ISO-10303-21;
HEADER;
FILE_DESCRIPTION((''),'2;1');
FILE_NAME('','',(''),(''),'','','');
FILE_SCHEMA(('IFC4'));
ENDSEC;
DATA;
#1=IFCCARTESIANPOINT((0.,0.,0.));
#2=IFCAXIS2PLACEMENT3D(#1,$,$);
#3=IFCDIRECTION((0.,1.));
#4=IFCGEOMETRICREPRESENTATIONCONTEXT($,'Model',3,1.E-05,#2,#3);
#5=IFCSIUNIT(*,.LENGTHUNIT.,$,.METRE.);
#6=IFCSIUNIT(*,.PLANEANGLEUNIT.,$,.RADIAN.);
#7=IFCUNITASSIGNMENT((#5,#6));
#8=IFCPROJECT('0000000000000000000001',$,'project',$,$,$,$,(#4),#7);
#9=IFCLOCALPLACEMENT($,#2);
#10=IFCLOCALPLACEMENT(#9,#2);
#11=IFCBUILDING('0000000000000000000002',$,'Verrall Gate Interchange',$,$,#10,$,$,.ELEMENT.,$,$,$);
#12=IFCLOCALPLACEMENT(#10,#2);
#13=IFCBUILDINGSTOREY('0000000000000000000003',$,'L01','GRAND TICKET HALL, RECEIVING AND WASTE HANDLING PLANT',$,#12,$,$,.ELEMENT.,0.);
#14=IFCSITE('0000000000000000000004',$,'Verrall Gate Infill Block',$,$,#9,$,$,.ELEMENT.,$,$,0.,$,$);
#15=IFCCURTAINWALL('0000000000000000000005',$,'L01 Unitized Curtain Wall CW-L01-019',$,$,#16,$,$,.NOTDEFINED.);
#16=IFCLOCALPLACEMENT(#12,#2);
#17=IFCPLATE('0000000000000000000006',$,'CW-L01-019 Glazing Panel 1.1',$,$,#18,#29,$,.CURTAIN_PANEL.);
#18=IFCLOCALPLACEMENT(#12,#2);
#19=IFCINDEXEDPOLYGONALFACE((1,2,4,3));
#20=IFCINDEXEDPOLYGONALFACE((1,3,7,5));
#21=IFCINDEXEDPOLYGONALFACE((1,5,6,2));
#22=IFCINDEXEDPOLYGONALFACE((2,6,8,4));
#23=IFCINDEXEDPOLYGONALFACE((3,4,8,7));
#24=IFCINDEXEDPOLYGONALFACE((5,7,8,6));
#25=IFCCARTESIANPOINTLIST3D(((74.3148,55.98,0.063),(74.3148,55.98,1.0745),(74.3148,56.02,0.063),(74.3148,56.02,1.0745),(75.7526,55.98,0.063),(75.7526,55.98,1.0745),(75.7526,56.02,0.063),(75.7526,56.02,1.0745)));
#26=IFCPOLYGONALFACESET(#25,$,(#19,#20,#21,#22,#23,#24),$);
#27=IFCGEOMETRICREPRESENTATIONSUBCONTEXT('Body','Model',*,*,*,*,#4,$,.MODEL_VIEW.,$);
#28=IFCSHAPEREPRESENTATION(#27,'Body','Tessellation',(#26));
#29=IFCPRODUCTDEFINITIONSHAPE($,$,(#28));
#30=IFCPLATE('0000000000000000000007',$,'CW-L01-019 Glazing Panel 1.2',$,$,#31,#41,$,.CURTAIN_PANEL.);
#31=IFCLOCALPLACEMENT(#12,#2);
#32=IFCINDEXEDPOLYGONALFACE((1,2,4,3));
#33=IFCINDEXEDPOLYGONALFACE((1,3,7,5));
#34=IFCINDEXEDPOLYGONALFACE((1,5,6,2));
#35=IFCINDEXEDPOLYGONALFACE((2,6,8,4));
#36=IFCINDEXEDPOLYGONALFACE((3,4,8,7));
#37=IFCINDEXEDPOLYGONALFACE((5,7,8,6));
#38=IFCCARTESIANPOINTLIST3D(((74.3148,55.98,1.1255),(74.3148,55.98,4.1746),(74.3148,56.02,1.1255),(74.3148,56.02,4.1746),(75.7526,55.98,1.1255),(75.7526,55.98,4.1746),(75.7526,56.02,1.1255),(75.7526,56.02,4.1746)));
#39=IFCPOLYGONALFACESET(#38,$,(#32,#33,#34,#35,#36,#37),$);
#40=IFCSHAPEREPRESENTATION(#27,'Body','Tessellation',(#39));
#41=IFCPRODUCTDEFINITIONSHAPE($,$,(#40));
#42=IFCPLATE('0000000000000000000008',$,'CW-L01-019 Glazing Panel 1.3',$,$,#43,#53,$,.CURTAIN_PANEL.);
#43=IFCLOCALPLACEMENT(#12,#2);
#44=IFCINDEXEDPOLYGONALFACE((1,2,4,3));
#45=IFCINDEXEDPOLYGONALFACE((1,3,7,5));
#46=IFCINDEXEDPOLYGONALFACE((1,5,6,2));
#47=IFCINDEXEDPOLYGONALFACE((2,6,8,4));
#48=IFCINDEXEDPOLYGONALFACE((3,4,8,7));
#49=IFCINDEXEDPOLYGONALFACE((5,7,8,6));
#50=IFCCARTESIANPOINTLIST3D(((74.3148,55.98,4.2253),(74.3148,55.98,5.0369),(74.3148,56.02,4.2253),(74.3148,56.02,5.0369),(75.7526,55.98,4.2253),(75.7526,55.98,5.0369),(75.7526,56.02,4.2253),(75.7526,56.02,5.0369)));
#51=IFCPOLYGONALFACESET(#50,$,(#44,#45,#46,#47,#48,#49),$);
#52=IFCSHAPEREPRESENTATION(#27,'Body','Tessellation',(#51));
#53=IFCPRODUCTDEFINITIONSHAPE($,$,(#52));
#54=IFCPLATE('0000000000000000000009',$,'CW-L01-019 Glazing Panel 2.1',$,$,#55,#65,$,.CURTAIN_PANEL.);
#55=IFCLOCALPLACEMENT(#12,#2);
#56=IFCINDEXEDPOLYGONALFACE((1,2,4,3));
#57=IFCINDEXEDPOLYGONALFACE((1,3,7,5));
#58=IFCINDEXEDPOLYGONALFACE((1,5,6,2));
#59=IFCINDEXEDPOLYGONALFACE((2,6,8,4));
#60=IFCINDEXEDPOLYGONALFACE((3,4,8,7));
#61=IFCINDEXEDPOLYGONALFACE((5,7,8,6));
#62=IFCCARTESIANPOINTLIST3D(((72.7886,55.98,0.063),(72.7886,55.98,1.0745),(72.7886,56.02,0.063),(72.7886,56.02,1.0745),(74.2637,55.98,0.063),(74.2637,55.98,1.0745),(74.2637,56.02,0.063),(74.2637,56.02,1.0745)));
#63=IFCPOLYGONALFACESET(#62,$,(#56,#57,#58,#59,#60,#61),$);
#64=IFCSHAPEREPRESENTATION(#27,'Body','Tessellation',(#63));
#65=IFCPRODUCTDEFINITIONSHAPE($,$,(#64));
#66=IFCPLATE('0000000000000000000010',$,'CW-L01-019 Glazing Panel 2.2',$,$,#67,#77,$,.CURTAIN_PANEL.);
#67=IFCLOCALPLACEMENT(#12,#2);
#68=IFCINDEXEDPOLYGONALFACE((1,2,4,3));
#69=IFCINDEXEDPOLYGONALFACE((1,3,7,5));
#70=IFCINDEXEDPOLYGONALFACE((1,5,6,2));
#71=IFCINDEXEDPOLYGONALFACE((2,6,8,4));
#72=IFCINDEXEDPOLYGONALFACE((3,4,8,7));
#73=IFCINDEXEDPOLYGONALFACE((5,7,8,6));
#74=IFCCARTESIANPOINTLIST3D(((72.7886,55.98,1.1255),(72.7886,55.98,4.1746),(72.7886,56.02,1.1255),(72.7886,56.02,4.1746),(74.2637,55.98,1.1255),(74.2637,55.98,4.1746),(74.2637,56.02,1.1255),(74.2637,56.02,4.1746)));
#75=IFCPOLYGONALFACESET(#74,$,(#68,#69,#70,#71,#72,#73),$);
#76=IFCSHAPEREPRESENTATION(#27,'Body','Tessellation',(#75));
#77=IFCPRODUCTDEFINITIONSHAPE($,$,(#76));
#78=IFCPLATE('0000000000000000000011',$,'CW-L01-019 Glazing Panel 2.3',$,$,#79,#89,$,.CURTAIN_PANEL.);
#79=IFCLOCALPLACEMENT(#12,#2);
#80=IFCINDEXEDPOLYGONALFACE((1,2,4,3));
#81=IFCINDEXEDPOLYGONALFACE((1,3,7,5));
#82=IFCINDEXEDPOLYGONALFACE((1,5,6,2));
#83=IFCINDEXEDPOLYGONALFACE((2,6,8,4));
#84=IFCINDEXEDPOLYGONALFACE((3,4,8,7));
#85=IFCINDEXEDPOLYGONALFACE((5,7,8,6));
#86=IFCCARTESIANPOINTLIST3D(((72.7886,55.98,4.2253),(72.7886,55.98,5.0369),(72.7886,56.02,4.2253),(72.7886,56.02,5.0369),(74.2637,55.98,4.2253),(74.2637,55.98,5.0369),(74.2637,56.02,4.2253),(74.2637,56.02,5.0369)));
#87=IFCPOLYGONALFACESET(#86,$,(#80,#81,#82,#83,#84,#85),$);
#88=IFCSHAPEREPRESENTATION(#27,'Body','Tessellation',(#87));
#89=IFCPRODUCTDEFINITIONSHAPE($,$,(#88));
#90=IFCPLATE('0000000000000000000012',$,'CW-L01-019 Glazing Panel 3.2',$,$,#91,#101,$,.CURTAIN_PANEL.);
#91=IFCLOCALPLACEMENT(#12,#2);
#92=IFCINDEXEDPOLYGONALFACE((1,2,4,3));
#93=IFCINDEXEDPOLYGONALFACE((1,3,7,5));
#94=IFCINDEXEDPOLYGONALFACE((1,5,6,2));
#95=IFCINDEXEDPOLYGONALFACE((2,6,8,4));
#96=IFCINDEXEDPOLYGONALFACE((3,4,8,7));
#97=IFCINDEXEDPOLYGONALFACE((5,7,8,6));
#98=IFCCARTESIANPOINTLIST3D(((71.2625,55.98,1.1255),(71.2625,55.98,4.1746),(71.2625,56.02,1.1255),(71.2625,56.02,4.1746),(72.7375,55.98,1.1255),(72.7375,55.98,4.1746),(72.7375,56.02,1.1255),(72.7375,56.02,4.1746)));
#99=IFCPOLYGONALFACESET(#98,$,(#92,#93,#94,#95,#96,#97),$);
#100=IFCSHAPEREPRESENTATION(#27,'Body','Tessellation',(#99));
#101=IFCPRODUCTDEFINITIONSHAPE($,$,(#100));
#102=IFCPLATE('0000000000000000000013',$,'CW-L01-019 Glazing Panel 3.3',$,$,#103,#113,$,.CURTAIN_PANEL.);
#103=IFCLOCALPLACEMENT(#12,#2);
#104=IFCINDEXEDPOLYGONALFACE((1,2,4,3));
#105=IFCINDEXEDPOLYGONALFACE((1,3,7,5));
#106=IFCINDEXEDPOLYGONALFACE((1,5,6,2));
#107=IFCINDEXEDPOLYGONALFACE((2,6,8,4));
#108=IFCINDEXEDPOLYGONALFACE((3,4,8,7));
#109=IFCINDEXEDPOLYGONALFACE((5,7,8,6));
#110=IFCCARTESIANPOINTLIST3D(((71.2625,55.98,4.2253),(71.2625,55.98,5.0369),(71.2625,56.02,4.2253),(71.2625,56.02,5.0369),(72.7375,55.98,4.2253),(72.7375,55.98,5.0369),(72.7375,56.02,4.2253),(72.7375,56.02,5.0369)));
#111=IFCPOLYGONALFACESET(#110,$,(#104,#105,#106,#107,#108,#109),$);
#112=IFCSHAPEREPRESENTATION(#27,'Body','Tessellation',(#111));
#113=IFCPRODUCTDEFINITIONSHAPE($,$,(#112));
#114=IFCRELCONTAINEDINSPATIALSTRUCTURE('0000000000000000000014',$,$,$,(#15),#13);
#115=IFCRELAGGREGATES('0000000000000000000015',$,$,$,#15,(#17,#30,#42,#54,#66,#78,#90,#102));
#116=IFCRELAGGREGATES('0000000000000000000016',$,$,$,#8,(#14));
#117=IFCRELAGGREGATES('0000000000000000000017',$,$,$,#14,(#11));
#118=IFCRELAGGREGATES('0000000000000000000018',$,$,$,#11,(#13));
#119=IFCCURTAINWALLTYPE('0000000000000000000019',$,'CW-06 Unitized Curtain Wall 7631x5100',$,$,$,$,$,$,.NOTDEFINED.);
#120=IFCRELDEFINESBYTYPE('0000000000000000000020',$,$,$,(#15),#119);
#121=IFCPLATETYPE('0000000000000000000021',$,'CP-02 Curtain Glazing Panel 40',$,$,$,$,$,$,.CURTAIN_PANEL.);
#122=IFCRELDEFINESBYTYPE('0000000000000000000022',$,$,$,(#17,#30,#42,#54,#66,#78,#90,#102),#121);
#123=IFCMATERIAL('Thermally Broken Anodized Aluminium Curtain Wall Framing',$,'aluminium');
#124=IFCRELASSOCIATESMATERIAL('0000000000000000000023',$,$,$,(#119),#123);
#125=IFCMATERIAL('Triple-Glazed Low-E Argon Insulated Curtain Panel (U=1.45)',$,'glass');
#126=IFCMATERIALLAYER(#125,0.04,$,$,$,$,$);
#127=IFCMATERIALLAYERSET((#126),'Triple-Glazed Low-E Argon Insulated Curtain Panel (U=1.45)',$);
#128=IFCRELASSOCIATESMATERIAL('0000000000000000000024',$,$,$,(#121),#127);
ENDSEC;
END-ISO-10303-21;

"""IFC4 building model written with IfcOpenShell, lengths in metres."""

from ifc_helpers import new_model, si_unit, direction, frame, origin, origin_2d, place, context, subcontext, project, spatial, rectangle, extrude, material, layer, layer_set, type_object, element, aggregate, save


model = new_model("IFC4")

# Units and contexts
model_context = context("Model", 3, precision=1e-05, world=origin(), true_north=direction((0.0, 1.0)))
body_context = subcontext(model_context, "Body", "Model", "MODEL_VIEW")
ifc_project = project(units=[si_unit("LENGTHUNIT", "METRE"), si_unit("PLANEANGLEUNIT", "RADIAN")], contexts=[model_context])

# Site, building, storey
site_placement = place(None, origin())
site = spatial("IfcSite", under=ifc_project, at=site_placement, Name="Verrall Gate Infill Block", CompositionType="ELEMENT", RefElevation=0.0)
building_placement = place(site_placement, origin())
building = spatial("IfcBuilding", under=site, at=building_placement, Name="Verrall Gate Interchange", CompositionType="ELEMENT")
storey_placement = place(building_placement, origin())
storey = spatial("IfcBuildingStorey", under=building, at=storey_placement, Name="L01", Description="GRAND TICKET HALL, RECEIVING AND WASTE HANDLING PLANT", CompositionType="ELEMENT", Elevation=0.0)

# Curtain wall
ifc_material_1 = material(Name="Thermally Broken Anodized Aluminium Curtain Wall Framing", Category="aluminium")
curtain_wall_type = type_object("IfcCurtainWallType", Name="CW-06 Unitized Curtain Wall 7631x5100", PredefinedType="NOTDEFINED", material=ifc_material_1)
curtain_wall_placement = place(storey_placement, origin())
curtain_wall = element("IfcCurtainWall", 1, at=curtain_wall_placement, inside=storey, type_object=curtain_wall_type, Name="L01 Unitized Curtain Wall CW-L01-019", PredefinedType="NOTDEFINED")

# Plates
ifc_material_2 = material(Name="Triple-Glazed Low-E Argon Insulated Curtain Panel (U=1.45)", Category="glass")
ifc_layer_1 = layer(ifc_material_2, 0.04)
ifc_layer_set_1 = layer_set([ifc_layer_1], Name="Triple-Glazed Low-E Argon Insulated Curtain Panel (U=1.45)")
plate_type_1 = type_object("IfcPlateType", Name="CP-02 Curtain Glazing Panel 40", PredefinedType="CURTAIN_PANEL", material=ifc_layer_set_1)
plate_1_placement = place(storey_placement, frame((75.0337, 56.0, 0.063), z_axis=(0.0, 0.0, 1.0), x_axis=(-1.0, 0.0, 0.0)))
plate_1 = element("IfcPlate", 2, at=plate_1_placement, type_object=plate_type_1, Name="CW-L01-019 Glazing Panel 1.1", PredefinedType="CURTAIN_PANEL", context=body_context, shape_type="SweptSolid", body=[
    extrude(rectangle(XDim=1.4377, YDim=0.04, at=origin_2d()), origin(), (0.0, 0.0, 1.0), 1.0115),
])
plate_2_placement = place(storey_placement, frame((75.0337, 56.0, 1.1255), z_axis=(0.0, 0.0, 1.0), x_axis=(-1.0, 0.0, 0.0)))
plate_2 = element("IfcPlate", 3, at=plate_2_placement, type_object=plate_type_1, Name="CW-L01-019 Glazing Panel 1.2", PredefinedType="CURTAIN_PANEL", context=body_context, shape_type="SweptSolid", body=[
    extrude(rectangle(XDim=1.4377, YDim=0.04, at=origin_2d()), origin(), (0.0, 0.0, 1.0), 3.0491),
])
plate_3_placement = place(storey_placement, frame((75.0337, 56.0, 4.2253), z_axis=(0.0, 0.0, 1.0), x_axis=(-1.0, 0.0, 0.0)))
plate_3 = element("IfcPlate", 4, at=plate_3_placement, type_object=plate_type_1, Name="CW-L01-019 Glazing Panel 1.3", PredefinedType="CURTAIN_PANEL", context=body_context, shape_type="SweptSolid", body=[
    extrude(rectangle(XDim=1.4377, YDim=0.04, at=origin_2d()), origin(), (0.0, 0.0, 1.0), 0.8115),
])
plate_4_placement = place(storey_placement, frame((73.5261, 56.0, 0.063), z_axis=(0.0, 0.0, 1.0), x_axis=(-1.0, 0.0, 0.0)))
plate_4 = element("IfcPlate", 5, at=plate_4_placement, type_object=plate_type_1, Name="CW-L01-019 Glazing Panel 2.1", PredefinedType="CURTAIN_PANEL", context=body_context, shape_type="SweptSolid", body=[
    extrude(rectangle(XDim=1.4751, YDim=0.04, at=origin_2d()), origin(), (0.0, 0.0, 1.0), 1.0115),
])
plate_5_placement = place(storey_placement, frame((73.5261, 56.0, 1.1255), z_axis=(0.0, 0.0, 1.0), x_axis=(-1.0, 0.0, 0.0)))
plate_5 = element("IfcPlate", 6, at=plate_5_placement, type_object=plate_type_1, Name="CW-L01-019 Glazing Panel 2.2", PredefinedType="CURTAIN_PANEL", context=body_context, shape_type="SweptSolid", body=[
    extrude(rectangle(XDim=1.4751, YDim=0.04, at=origin_2d()), origin(), (0.0, 0.0, 1.0), 3.0491),
])
plate_6_placement = place(storey_placement, frame((73.5261, 56.0, 4.2253), z_axis=(0.0, 0.0, 1.0), x_axis=(-1.0, 0.0, 0.0)))
plate_6 = element("IfcPlate", 7, at=plate_6_placement, type_object=plate_type_1, Name="CW-L01-019 Glazing Panel 2.3", PredefinedType="CURTAIN_PANEL", context=body_context, shape_type="SweptSolid", body=[
    extrude(rectangle(XDim=1.4751, YDim=0.04, at=origin_2d()), origin(), (0.0, 0.0, 1.0), 0.8115),
])
plate_7_placement = place(storey_placement, frame((72.0, 56.0, 1.1255), z_axis=(0.0, 0.0, 1.0), x_axis=(-1.0, 0.0, 0.0)))
plate_7 = element("IfcPlate", 8, at=plate_7_placement, type_object=plate_type_1, Name="CW-L01-019 Glazing Panel 3.2", PredefinedType="CURTAIN_PANEL", context=body_context, shape_type="SweptSolid", body=[
    extrude(rectangle(XDim=1.4751, YDim=0.04, at=origin_2d()), origin(), (0.0, 0.0, 1.0), 3.0491),
])
plate_8_placement = place(storey_placement, frame((72.0, 56.0, 4.2253), z_axis=(0.0, 0.0, 1.0), x_axis=(-1.0, 0.0, 0.0)))
plate_8 = element("IfcPlate", 9, at=plate_8_placement, type_object=plate_type_1, Name="CW-L01-019 Glazing Panel 3.3", PredefinedType="CURTAIN_PANEL", context=body_context, shape_type="SweptSolid", body=[
    extrude(rectangle(XDim=1.4751, YDim=0.04, at=origin_2d()), origin(), (0.0, 0.0, 1.0), 0.8115),
])
aggregate(curtain_wall, [plate_1, plate_2, plate_3, plate_4, plate_5, plate_6, plate_7, plate_8])

save(model, "model.ifc")
